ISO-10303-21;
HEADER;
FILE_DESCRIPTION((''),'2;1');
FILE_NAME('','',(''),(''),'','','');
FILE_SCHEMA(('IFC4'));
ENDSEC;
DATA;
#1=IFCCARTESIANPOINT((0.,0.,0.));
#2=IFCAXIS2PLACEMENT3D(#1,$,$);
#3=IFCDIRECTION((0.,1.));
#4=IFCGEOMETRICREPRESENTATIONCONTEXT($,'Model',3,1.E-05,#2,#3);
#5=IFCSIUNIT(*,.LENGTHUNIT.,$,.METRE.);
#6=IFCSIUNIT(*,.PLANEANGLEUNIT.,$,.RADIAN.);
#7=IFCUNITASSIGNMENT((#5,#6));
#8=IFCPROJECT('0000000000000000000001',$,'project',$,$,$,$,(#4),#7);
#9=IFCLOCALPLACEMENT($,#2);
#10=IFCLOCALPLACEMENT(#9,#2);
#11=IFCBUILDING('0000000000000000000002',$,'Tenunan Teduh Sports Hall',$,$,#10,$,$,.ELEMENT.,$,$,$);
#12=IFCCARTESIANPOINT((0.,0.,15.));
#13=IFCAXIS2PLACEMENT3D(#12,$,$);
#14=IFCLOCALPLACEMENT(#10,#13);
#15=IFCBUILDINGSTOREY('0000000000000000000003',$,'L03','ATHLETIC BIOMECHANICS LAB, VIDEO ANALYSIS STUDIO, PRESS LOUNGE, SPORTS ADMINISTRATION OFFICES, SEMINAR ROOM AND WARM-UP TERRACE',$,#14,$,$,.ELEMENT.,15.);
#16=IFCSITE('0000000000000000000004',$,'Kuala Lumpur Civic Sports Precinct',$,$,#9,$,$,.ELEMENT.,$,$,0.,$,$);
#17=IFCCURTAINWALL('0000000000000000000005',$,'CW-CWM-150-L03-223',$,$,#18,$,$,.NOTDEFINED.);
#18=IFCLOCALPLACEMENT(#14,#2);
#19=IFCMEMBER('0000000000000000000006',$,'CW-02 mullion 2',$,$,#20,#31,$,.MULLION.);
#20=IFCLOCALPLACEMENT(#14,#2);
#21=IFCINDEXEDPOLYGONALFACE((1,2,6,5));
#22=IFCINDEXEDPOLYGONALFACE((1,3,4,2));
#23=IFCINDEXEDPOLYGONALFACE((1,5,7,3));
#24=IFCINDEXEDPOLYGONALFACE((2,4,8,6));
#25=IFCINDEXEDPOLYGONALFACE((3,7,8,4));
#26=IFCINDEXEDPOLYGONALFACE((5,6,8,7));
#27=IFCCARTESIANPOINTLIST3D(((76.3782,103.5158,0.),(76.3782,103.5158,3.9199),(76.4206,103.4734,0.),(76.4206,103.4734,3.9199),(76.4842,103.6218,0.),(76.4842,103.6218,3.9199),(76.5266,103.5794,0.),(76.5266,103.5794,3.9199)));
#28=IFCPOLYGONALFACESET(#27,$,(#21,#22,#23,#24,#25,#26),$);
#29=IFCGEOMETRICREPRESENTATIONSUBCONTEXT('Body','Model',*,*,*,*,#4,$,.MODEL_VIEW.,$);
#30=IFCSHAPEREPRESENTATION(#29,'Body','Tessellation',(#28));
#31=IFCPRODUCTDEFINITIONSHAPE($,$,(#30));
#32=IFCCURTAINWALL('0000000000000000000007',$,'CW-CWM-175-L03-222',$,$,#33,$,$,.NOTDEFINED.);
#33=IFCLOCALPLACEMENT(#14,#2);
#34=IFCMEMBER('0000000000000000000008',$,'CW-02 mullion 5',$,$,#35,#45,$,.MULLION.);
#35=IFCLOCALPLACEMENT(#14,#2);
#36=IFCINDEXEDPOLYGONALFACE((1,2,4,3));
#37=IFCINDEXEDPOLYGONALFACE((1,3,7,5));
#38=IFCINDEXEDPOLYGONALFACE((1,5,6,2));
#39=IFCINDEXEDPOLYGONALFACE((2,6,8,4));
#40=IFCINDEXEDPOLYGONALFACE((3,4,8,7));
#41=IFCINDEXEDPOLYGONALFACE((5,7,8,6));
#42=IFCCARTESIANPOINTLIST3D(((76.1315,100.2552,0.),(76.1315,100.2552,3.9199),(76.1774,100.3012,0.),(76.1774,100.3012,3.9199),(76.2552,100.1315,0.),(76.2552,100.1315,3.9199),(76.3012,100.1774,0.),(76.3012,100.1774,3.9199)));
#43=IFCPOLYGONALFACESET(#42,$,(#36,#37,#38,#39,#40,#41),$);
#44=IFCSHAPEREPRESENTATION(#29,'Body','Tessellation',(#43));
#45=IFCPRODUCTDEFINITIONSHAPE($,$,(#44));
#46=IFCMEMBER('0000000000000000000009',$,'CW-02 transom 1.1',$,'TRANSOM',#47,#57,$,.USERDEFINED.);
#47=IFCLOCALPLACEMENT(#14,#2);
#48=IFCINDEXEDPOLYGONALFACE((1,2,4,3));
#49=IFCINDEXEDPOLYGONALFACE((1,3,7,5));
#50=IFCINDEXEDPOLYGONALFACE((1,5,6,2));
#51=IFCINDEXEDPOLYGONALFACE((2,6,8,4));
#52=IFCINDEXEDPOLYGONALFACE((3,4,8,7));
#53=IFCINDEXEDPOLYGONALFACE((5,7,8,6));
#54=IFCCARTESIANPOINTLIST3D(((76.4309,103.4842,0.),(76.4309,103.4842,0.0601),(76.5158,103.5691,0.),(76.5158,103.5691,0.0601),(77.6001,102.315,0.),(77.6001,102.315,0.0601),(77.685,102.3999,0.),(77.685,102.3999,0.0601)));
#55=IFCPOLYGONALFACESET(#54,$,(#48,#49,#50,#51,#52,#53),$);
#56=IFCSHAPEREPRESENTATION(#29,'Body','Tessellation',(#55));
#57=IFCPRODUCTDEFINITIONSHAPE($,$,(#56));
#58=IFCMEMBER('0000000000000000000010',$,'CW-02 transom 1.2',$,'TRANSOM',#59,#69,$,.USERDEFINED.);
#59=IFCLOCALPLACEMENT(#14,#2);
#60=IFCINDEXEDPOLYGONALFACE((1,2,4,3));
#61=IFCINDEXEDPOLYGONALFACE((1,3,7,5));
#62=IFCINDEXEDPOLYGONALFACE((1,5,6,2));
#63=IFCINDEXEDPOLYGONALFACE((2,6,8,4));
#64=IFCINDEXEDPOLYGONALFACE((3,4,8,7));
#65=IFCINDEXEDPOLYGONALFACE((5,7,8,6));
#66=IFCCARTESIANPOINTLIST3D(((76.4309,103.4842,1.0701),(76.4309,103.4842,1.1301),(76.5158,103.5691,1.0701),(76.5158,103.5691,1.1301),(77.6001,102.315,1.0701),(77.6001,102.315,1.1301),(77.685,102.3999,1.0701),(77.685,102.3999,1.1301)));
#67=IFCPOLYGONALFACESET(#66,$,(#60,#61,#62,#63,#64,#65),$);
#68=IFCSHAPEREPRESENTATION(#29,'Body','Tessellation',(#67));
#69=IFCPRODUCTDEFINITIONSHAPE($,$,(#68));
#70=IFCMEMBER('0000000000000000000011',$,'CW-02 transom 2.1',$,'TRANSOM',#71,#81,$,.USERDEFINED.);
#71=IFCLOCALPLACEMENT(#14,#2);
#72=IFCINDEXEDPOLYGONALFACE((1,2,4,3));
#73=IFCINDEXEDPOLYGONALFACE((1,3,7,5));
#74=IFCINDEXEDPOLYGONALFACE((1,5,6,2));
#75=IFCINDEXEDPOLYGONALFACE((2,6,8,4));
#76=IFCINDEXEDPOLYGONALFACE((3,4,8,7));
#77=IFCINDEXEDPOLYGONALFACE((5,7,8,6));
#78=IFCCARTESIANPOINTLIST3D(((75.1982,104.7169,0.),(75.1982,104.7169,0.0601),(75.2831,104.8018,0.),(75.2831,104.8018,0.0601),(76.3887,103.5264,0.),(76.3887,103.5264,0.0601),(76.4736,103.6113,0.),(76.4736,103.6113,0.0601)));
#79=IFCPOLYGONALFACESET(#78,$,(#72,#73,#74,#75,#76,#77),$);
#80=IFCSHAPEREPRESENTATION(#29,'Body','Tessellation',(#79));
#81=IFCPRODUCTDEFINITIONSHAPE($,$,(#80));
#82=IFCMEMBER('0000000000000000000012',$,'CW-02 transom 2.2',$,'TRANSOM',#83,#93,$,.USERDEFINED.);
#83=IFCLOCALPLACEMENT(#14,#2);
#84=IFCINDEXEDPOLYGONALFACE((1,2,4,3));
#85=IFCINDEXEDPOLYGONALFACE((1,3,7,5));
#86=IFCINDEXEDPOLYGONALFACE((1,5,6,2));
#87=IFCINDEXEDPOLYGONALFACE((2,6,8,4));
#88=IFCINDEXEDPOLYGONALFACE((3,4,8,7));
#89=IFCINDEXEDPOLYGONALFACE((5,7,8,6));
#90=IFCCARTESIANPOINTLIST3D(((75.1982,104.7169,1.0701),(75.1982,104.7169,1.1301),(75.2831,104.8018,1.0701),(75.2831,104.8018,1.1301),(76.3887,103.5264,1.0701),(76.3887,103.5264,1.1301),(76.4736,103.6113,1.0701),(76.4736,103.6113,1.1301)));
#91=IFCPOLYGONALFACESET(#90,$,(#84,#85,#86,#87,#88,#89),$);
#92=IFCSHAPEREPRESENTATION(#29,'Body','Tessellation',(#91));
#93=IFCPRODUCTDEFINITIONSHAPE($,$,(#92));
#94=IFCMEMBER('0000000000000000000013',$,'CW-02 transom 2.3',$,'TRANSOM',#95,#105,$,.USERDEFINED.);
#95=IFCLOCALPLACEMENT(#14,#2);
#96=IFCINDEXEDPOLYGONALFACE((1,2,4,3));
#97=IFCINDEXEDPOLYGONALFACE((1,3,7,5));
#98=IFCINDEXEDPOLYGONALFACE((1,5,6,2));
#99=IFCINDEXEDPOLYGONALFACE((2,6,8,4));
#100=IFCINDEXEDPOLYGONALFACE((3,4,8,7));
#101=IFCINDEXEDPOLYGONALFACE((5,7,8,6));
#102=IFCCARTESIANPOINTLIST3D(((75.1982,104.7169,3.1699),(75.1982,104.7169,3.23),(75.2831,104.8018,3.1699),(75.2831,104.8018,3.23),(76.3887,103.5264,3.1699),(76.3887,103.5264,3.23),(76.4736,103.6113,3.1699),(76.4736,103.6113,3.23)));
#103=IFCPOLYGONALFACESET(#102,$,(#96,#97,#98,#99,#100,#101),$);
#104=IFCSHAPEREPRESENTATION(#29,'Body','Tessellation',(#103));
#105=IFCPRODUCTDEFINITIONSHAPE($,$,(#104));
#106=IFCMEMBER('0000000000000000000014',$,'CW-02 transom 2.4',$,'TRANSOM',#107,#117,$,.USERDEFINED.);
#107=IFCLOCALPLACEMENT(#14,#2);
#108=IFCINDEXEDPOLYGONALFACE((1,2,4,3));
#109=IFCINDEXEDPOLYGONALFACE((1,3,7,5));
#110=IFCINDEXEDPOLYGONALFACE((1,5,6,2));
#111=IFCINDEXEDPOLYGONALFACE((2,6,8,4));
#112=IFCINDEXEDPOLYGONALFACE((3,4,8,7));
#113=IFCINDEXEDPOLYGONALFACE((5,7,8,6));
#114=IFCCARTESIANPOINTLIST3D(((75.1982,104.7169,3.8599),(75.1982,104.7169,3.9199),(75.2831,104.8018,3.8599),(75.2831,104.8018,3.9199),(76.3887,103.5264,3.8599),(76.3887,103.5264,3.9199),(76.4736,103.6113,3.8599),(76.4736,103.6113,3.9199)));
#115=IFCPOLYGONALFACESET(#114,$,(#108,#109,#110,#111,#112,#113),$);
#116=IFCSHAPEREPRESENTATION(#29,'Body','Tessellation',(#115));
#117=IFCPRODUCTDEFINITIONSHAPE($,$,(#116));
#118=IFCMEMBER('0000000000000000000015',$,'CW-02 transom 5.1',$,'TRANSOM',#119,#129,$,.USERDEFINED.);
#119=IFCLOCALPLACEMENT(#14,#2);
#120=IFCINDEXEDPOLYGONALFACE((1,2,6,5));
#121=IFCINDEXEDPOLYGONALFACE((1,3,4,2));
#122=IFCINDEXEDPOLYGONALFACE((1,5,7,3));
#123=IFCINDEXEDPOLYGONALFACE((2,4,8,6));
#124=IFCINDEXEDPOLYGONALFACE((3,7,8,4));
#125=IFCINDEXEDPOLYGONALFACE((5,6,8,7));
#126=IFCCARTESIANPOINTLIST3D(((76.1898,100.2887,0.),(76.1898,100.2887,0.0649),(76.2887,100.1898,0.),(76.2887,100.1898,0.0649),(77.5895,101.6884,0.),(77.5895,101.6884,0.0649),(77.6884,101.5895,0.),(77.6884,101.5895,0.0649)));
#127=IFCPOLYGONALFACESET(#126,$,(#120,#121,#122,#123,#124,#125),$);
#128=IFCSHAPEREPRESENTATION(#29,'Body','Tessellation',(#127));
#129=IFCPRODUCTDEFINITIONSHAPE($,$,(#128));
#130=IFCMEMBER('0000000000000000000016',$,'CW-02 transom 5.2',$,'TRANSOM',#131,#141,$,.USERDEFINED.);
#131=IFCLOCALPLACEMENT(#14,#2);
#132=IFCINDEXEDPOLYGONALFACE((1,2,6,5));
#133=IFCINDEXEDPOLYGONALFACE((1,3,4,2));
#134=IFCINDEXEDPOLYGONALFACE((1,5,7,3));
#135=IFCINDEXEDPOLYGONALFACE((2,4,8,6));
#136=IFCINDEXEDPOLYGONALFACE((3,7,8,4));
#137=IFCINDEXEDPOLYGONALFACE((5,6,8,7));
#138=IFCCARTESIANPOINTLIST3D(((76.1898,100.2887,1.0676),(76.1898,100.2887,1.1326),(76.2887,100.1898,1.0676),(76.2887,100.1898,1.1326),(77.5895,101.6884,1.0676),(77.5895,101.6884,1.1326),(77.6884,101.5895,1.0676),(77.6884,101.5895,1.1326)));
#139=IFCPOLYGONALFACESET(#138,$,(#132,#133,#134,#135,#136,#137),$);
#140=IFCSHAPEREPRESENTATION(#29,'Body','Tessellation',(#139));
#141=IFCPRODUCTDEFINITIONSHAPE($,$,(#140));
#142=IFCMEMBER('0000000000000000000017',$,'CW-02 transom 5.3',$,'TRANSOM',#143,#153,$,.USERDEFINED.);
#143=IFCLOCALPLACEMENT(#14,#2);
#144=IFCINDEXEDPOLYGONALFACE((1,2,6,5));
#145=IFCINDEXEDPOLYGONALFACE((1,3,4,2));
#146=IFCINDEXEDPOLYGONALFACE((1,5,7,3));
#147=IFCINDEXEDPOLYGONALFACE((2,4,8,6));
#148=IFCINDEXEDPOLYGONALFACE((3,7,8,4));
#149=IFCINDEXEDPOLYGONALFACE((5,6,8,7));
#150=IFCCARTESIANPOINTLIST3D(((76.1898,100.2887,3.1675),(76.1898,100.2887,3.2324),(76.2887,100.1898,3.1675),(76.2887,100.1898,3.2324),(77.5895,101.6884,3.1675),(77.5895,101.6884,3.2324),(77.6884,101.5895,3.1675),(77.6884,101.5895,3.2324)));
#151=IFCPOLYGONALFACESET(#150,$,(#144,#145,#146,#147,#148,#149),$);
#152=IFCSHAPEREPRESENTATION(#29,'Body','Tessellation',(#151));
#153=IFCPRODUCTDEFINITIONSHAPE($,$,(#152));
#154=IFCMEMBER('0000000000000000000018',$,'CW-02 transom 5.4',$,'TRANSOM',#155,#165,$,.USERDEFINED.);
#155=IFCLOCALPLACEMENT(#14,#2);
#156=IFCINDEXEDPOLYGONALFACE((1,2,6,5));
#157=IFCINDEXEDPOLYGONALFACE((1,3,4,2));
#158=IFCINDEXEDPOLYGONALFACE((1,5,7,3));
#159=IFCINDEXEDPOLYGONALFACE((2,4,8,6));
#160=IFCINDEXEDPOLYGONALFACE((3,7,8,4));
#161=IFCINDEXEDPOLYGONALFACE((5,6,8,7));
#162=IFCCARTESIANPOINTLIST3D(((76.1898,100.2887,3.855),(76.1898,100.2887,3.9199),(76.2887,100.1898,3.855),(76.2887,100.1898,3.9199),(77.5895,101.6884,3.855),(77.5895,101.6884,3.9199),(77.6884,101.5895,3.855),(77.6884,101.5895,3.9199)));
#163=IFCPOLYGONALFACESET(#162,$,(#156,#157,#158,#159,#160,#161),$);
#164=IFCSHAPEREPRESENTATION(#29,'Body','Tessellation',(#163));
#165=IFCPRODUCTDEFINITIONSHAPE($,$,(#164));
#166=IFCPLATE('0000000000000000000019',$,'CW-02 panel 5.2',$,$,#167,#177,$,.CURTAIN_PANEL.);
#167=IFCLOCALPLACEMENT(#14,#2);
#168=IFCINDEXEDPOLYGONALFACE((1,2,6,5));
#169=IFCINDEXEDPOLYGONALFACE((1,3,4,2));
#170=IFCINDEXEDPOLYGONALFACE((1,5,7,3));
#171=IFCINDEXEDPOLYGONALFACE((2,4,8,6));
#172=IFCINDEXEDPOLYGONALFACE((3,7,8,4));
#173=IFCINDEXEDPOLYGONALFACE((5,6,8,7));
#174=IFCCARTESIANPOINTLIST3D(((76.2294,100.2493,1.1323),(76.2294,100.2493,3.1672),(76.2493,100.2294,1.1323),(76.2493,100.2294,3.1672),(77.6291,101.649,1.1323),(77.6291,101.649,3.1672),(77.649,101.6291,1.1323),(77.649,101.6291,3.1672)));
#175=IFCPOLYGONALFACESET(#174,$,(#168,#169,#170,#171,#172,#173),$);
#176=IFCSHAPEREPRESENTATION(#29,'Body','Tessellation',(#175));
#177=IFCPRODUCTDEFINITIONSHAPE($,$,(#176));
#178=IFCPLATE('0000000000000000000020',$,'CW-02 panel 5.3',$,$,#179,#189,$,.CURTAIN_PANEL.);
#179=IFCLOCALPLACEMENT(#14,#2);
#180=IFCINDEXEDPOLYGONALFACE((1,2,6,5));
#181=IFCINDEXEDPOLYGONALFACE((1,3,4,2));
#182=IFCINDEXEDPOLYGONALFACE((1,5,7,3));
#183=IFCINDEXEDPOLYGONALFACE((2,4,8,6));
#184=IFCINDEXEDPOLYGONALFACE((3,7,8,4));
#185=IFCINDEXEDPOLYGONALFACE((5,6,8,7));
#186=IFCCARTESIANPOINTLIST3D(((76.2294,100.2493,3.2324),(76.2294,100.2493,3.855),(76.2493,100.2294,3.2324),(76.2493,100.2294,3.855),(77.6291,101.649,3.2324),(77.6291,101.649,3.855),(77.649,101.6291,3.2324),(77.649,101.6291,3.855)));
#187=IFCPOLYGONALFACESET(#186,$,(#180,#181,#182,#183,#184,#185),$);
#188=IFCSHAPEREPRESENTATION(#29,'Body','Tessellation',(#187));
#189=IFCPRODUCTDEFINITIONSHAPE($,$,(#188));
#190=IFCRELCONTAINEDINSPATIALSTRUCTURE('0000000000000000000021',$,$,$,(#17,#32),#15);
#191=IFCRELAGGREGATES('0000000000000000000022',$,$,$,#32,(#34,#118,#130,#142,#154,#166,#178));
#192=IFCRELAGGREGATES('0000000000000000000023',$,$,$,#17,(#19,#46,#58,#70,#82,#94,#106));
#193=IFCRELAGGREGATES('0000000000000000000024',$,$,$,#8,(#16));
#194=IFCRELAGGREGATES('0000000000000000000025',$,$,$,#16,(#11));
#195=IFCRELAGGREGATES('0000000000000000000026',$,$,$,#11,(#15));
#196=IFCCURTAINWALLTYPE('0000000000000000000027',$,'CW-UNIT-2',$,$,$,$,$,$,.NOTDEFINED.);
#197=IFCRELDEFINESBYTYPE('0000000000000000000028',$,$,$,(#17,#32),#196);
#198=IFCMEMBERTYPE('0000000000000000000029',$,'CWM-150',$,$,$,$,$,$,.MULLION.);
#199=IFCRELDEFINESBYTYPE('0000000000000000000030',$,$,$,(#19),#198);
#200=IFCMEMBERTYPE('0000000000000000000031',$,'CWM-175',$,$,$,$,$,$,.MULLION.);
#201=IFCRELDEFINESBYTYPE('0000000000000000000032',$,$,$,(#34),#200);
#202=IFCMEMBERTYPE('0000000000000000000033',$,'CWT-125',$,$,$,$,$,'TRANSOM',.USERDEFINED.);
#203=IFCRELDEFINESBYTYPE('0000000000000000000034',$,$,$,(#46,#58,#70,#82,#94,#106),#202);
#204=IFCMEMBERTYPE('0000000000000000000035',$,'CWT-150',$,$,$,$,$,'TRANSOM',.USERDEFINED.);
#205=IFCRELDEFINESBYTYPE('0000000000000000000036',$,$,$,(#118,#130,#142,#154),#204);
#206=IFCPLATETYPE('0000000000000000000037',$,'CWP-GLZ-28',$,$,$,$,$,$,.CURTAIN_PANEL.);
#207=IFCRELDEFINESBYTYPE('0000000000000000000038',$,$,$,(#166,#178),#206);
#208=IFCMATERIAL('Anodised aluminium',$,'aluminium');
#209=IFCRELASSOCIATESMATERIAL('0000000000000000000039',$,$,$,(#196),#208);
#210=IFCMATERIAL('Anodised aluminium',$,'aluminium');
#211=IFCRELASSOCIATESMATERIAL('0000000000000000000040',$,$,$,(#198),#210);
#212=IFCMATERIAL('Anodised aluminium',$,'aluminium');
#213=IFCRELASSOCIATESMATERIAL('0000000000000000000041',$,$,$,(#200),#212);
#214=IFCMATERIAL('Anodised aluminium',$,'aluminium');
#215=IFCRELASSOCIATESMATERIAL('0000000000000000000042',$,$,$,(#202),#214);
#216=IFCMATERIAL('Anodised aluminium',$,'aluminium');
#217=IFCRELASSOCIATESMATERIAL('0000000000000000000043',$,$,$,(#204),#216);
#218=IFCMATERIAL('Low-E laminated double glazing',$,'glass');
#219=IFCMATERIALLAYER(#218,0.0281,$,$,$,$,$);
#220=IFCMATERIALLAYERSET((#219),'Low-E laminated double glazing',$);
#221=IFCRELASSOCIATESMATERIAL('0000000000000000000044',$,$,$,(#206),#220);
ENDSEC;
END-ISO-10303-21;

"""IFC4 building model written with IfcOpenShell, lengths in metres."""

from ifc_helpers import new_model, si_unit, direction, frame, origin, origin_2d, place, context, subcontext, project, spatial, rectangle, extrude, material, layer, layer_set, material_profile, profile_set, type_object, element, aggregate, save


model = new_model("IFC4")

# Units and contexts
model_context = context("Model", 3, precision=1e-05, world=origin(), true_north=direction((0.0, 1.0)))
body_context = subcontext(model_context, "Body", "Model", "MODEL_VIEW")
ifc_project = project(units=[si_unit("LENGTHUNIT", "METRE"), si_unit("PLANEANGLEUNIT", "RADIAN")], contexts=[model_context])

# Site, building, storey
site_placement = place(None, origin())
site = spatial("IfcSite", under=ifc_project, at=site_placement, Name="Kuala Lumpur Civic Sports Precinct", CompositionType="ELEMENT", RefElevation=0.0)
building_placement = place(site_placement, origin())
building = spatial("IfcBuilding", under=site, at=building_placement, Name="Tenunan Teduh Sports Hall", CompositionType="ELEMENT")
storey_placement = place(building_placement, frame((0.0, 0.0, 15.0)))
storey = spatial("IfcBuildingStorey", under=building, at=storey_placement, Name="L03", Description="ATHLETIC BIOMECHANICS LAB, VIDEO ANALYSIS STUDIO, PRESS LOUNGE, SPORTS ADMINISTRATION OFFICES, SEMINAR ROOM AND WARM-UP TERRACE", CompositionType="ELEMENT", Elevation=15.0)

# Curtain walls, members
ifc_material_1 = material(Name="Anodised aluminium", Category="aluminium")
curtain_wall_type = type_object("IfcCurtainWallType", Name="CW-UNIT-2", PredefinedType="NOTDEFINED", material=ifc_material_1)
curtain_wall_1_placement = place(storey_placement, origin())
curtain_wall_1 = element("IfcCurtainWall", 1, at=curtain_wall_1_placement, inside=storey, type_object=curtain_wall_type, Name="CW-CWM-150-L03-223", PredefinedType="NOTDEFINED")
ifc_material_2 = material(Name="Anodised aluminium", Category="aluminium")
ifc_material_profile_1 = material_profile(ifc_material_2, rectangle(XDim=0.0601, YDim=0.1499, at=origin_2d()), Name="CWM 60x150")
ifc_profile_set_1 = profile_set([ifc_material_profile_1], Name="Anodised aluminium")
member_type_1 = type_object("IfcMemberType", Name="CWM-150", PredefinedType="MULLION", material=ifc_profile_set_1)
member_1_placement = place(storey_placement, frame((76.4524, 103.5476, 0.0), z_axis=(0.0, 0.0, 1.0), x_axis=(-0.707107, 0.707107, 0.0)))
member_1 = element("IfcMember", 2, at=member_1_placement, type_object=member_type_1, Name="CW-02 mullion 2", PredefinedType="MULLION", context=body_context, shape_type="SweptSolid", body=[
    extrude(rectangle(XDim=0.0601, YDim=0.1499, at=origin_2d()), origin(), (0.0, 0.0, 1.0), 3.9199),
])
curtain_wall_2_placement = place(storey_placement, origin())
curtain_wall_2 = element("IfcCurtainWall", 3, at=curtain_wall_2_placement, inside=storey, type_object=curtain_wall_type, Name="CW-CWM-175-L03-222", PredefinedType="NOTDEFINED")
ifc_material_3 = material(Name="Anodised aluminium", Category="aluminium")
ifc_material_profile_2 = material_profile(ifc_material_3, rectangle(XDim=0.0649, YDim=0.175, at=origin_2d()), Name="CWM 65x175")
ifc_profile_set_2 = profile_set([ifc_material_profile_2], Name="Anodised aluminium")
member_type_2 = type_object("IfcMemberType", Name="CWM-175", PredefinedType="MULLION", material=ifc_profile_set_2)
member_2_placement = place(storey_placement, frame((76.2163, 100.2163, 0.0), z_axis=(0.0, 0.0, 1.0), x_axis=(0.707107, 0.707107, 0.0)))
member_2 = element("IfcMember", 4, at=member_2_placement, type_object=member_type_2, Name="CW-02 mullion 5", PredefinedType="MULLION", context=body_context, shape_type="SweptSolid", body=[
    extrude(rectangle(XDim=0.0649, YDim=0.175, at=origin_2d()), origin(), (0.0, 0.0, 1.0), 3.9199),
])

# Members
ifc_material_4 = material(Name="Anodised aluminium", Category="aluminium")
ifc_material_profile_3 = material_profile(ifc_material_4, rectangle(XDim=0.0601, YDim=0.1201, at=origin_2d()), Name="CWT 60x120")
ifc_profile_set_3 = profile_set([ifc_material_profile_3], Name="Anodised aluminium")
member_type_3 = type_object("IfcMemberType", Name="CWT-125", ElementType="TRANSOM", PredefinedType="USERDEFINED", material=ifc_profile_set_3)
member_3_placement = place(storey_placement, frame((77.6426, 102.3574, 0.03), z_axis=(-0.707107, 0.707107, 0.0), x_axis=(0.0, 0.0, 1.0)))
member_3 = element("IfcMember", 5, at=member_3_placement, type_object=member_type_3, Name="CW-02 transom 1.1", ObjectType="TRANSOM", PredefinedType="USERDEFINED", context=body_context, shape_type="SweptSolid", body=[
    extrude(rectangle(XDim=0.0601, YDim=0.1201, at=origin_2d()), origin(), (0.0, 0.0, 1.0), 1.6536),
])
member_4_placement = place(storey_placement, frame((77.6426, 102.3574, 1.1001), z_axis=(-0.707107, 0.707107, 0.0), x_axis=(0.0, 0.0, 1.0)))
member_4 = element("IfcMember", 6, at=member_4_placement, type_object=member_type_3, Name="CW-02 transom 1.2", ObjectType="TRANSOM", PredefinedType="USERDEFINED", context=body_context, shape_type="SweptSolid", body=[
    extrude(rectangle(XDim=0.0601, YDim=0.1201, at=origin_2d()), origin(), (0.0, 0.0, 1.0), 1.6536),
])
member_5_placement = place(storey_placement, frame((76.4312, 103.5688, 0.03), z_axis=(-0.707107, 0.707107, 0.0), x_axis=(0.0, 0.0, 1.0)))
member_5 = element("IfcMember", 7, at=member_5_placement, type_object=member_type_3, Name="CW-02 transom 2.1", ObjectType="TRANSOM", PredefinedType="USERDEFINED", context=body_context, shape_type="SweptSolid", body=[
    extrude(rectangle(XDim=0.0601, YDim=0.1201, at=origin_2d()), origin(), (0.0, 0.0, 1.0), 1.6836),
])
member_6_placement = place(storey_placement, frame((76.4312, 103.5688, 1.1001), z_axis=(-0.707107, 0.707107, 0.0), x_axis=(0.0, 0.0, 1.0)))
member_6 = element("IfcMember", 8, at=member_6_placement, type_object=member_type_3, Name="CW-02 transom 2.2", ObjectType="TRANSOM", PredefinedType="USERDEFINED", context=body_context, shape_type="SweptSolid", body=[
    extrude(rectangle(XDim=0.0601, YDim=0.1201, at=origin_2d()), origin(), (0.0, 0.0, 1.0), 1.6836),
])
member_7_placement = place(storey_placement, frame((76.4312, 103.5688, 3.2), z_axis=(-0.707107, 0.707107, 0.0), x_axis=(0.0, 0.0, 1.0)))
member_7 = element("IfcMember", 9, at=member_7_placement, type_object=member_type_3, Name="CW-02 transom 2.3", ObjectType="TRANSOM", PredefinedType="USERDEFINED", context=body_context, shape_type="SweptSolid", body=[
    extrude(rectangle(XDim=0.0601, YDim=0.1201, at=origin_2d()), origin(), (0.0, 0.0, 1.0), 1.6836),
])
member_8_placement = place(storey_placement, frame((76.4312, 103.5688, 3.8899), z_axis=(-0.707107, 0.707107, 0.0), x_axis=(0.0, 0.0, 1.0)))
member_8 = element("IfcMember", 10, at=member_8_placement, type_object=member_type_3, Name="CW-02 transom 2.4", ObjectType="TRANSOM", PredefinedType="USERDEFINED", context=body_context, shape_type="SweptSolid", body=[
    extrude(rectangle(XDim=0.0601, YDim=0.1201, at=origin_2d()), origin(), (0.0, 0.0, 1.0), 1.6836),
])
ifc_material_5 = material(Name="Anodised aluminium", Category="aluminium")
ifc_material_profile_4 = material_profile(ifc_material_5, rectangle(XDim=0.0649, YDim=0.1399, at=origin_2d()), Name="CWT 65x140")
ifc_profile_set_4 = profile_set([ifc_material_profile_4], Name="Anodised aluminium")
member_type_4 = type_object("IfcMemberType", Name="CWT-150", ElementType="TRANSOM", PredefinedType="USERDEFINED", material=ifc_profile_set_4)
member_9_placement = place(storey_placement, frame((76.2393, 100.2393, 0.0325), z_axis=(0.707107, 0.707107, 0.0), x_axis=(0.0, 0.0, 1.0)))
member_9 = element("IfcMember", 11, at=member_9_placement, type_object=member_type_4, Name="CW-02 transom 5.1", ObjectType="TRANSOM", PredefinedType="USERDEFINED", context=body_context, shape_type="SweptSolid", body=[
    extrude(rectangle(XDim=0.0649, YDim=0.1399, at=origin_2d()), origin(), (0.0, 0.0, 1.0), 1.9795),
])
member_10_placement = place(storey_placement, frame((76.2393, 100.2393, 1.1001), z_axis=(0.707107, 0.707107, 0.0), x_axis=(0.0, 0.0, 1.0)))
member_10 = element("IfcMember", 12, at=member_10_placement, type_object=member_type_4, Name="CW-02 transom 5.2", ObjectType="TRANSOM", PredefinedType="USERDEFINED", context=body_context, shape_type="SweptSolid", body=[
    extrude(rectangle(XDim=0.0649, YDim=0.1399, at=origin_2d()), origin(), (0.0, 0.0, 1.0), 1.9795),
])
member_11_placement = place(storey_placement, frame((76.2393, 100.2393, 3.2), z_axis=(0.707107, 0.707107, 0.0), x_axis=(0.0, 0.0, 1.0)))
member_11 = element("IfcMember", 13, at=member_11_placement, type_object=member_type_4, Name="CW-02 transom 5.3", ObjectType="TRANSOM", PredefinedType="USERDEFINED", context=body_context, shape_type="SweptSolid", body=[
    extrude(rectangle(XDim=0.0649, YDim=0.1399, at=origin_2d()), origin(), (0.0, 0.0, 1.0), 1.9795),
])
member_12_placement = place(storey_placement, frame((76.2393, 100.2393, 3.8875), z_axis=(0.707107, 0.707107, 0.0), x_axis=(0.0, 0.0, 1.0)))
member_12 = element("IfcMember", 14, at=member_12_placement, type_object=member_type_4, Name="CW-02 transom 5.4", ObjectType="TRANSOM", PredefinedType="USERDEFINED", context=body_context, shape_type="SweptSolid", body=[
    extrude(rectangle(XDim=0.0649, YDim=0.1399, at=origin_2d()), origin(), (0.0, 0.0, 1.0), 1.9795),
])

# Plates
ifc_material_6 = material(Name="Low-E laminated double glazing", Category="glass")
ifc_layer_1 = layer(ifc_material_6, 0.0281)
ifc_layer_set_1 = layer_set([ifc_layer_1], Name="Low-E laminated double glazing")
plate_type_1 = type_object("IfcPlateType", Name="CWP-GLZ-28", PredefinedType="CURTAIN_PANEL", material=ifc_layer_set_1)
plate_1_placement = place(storey_placement, frame((76.9392, 100.9392, 1.1323), z_axis=(0.0, 0.0, 1.0), x_axis=(0.707107, 0.707107, 0.0)))
plate_1 = element("IfcPlate", 15, at=plate_1_placement, type_object=plate_type_1, Name="CW-02 panel 5.2", PredefinedType="CURTAIN_PANEL", context=body_context, shape_type="SweptSolid", body=[
    extrude(rectangle(XDim=1.9795, YDim=0.0281, at=origin_2d()), origin(), (0.0, 0.0, 1.0), 2.0349),
])
plate_2_placement = place(storey_placement, frame((76.9392, 100.9392, 3.2324), z_axis=(0.0, 0.0, 1.0), x_axis=(0.707107, 0.707107, 0.0)))
plate_2 = element("IfcPlate", 16, at=plate_2_placement, type_object=plate_type_1, Name="CW-02 panel 5.3", PredefinedType="CURTAIN_PANEL", context=body_context, shape_type="SweptSolid", body=[
    extrude(rectangle(XDim=1.9795, YDim=0.0281, at=origin_2d()), origin(), (0.0, 0.0, 1.0), 0.6226),
])
aggregate(curtain_wall_2, [member_2, member_9, member_10, member_11, member_12, plate_1, plate_2])
aggregate(curtain_wall_1, [member_1, member_3, member_4, member_5, member_6, member_7, member_8])

save(model, "model.ifc")
